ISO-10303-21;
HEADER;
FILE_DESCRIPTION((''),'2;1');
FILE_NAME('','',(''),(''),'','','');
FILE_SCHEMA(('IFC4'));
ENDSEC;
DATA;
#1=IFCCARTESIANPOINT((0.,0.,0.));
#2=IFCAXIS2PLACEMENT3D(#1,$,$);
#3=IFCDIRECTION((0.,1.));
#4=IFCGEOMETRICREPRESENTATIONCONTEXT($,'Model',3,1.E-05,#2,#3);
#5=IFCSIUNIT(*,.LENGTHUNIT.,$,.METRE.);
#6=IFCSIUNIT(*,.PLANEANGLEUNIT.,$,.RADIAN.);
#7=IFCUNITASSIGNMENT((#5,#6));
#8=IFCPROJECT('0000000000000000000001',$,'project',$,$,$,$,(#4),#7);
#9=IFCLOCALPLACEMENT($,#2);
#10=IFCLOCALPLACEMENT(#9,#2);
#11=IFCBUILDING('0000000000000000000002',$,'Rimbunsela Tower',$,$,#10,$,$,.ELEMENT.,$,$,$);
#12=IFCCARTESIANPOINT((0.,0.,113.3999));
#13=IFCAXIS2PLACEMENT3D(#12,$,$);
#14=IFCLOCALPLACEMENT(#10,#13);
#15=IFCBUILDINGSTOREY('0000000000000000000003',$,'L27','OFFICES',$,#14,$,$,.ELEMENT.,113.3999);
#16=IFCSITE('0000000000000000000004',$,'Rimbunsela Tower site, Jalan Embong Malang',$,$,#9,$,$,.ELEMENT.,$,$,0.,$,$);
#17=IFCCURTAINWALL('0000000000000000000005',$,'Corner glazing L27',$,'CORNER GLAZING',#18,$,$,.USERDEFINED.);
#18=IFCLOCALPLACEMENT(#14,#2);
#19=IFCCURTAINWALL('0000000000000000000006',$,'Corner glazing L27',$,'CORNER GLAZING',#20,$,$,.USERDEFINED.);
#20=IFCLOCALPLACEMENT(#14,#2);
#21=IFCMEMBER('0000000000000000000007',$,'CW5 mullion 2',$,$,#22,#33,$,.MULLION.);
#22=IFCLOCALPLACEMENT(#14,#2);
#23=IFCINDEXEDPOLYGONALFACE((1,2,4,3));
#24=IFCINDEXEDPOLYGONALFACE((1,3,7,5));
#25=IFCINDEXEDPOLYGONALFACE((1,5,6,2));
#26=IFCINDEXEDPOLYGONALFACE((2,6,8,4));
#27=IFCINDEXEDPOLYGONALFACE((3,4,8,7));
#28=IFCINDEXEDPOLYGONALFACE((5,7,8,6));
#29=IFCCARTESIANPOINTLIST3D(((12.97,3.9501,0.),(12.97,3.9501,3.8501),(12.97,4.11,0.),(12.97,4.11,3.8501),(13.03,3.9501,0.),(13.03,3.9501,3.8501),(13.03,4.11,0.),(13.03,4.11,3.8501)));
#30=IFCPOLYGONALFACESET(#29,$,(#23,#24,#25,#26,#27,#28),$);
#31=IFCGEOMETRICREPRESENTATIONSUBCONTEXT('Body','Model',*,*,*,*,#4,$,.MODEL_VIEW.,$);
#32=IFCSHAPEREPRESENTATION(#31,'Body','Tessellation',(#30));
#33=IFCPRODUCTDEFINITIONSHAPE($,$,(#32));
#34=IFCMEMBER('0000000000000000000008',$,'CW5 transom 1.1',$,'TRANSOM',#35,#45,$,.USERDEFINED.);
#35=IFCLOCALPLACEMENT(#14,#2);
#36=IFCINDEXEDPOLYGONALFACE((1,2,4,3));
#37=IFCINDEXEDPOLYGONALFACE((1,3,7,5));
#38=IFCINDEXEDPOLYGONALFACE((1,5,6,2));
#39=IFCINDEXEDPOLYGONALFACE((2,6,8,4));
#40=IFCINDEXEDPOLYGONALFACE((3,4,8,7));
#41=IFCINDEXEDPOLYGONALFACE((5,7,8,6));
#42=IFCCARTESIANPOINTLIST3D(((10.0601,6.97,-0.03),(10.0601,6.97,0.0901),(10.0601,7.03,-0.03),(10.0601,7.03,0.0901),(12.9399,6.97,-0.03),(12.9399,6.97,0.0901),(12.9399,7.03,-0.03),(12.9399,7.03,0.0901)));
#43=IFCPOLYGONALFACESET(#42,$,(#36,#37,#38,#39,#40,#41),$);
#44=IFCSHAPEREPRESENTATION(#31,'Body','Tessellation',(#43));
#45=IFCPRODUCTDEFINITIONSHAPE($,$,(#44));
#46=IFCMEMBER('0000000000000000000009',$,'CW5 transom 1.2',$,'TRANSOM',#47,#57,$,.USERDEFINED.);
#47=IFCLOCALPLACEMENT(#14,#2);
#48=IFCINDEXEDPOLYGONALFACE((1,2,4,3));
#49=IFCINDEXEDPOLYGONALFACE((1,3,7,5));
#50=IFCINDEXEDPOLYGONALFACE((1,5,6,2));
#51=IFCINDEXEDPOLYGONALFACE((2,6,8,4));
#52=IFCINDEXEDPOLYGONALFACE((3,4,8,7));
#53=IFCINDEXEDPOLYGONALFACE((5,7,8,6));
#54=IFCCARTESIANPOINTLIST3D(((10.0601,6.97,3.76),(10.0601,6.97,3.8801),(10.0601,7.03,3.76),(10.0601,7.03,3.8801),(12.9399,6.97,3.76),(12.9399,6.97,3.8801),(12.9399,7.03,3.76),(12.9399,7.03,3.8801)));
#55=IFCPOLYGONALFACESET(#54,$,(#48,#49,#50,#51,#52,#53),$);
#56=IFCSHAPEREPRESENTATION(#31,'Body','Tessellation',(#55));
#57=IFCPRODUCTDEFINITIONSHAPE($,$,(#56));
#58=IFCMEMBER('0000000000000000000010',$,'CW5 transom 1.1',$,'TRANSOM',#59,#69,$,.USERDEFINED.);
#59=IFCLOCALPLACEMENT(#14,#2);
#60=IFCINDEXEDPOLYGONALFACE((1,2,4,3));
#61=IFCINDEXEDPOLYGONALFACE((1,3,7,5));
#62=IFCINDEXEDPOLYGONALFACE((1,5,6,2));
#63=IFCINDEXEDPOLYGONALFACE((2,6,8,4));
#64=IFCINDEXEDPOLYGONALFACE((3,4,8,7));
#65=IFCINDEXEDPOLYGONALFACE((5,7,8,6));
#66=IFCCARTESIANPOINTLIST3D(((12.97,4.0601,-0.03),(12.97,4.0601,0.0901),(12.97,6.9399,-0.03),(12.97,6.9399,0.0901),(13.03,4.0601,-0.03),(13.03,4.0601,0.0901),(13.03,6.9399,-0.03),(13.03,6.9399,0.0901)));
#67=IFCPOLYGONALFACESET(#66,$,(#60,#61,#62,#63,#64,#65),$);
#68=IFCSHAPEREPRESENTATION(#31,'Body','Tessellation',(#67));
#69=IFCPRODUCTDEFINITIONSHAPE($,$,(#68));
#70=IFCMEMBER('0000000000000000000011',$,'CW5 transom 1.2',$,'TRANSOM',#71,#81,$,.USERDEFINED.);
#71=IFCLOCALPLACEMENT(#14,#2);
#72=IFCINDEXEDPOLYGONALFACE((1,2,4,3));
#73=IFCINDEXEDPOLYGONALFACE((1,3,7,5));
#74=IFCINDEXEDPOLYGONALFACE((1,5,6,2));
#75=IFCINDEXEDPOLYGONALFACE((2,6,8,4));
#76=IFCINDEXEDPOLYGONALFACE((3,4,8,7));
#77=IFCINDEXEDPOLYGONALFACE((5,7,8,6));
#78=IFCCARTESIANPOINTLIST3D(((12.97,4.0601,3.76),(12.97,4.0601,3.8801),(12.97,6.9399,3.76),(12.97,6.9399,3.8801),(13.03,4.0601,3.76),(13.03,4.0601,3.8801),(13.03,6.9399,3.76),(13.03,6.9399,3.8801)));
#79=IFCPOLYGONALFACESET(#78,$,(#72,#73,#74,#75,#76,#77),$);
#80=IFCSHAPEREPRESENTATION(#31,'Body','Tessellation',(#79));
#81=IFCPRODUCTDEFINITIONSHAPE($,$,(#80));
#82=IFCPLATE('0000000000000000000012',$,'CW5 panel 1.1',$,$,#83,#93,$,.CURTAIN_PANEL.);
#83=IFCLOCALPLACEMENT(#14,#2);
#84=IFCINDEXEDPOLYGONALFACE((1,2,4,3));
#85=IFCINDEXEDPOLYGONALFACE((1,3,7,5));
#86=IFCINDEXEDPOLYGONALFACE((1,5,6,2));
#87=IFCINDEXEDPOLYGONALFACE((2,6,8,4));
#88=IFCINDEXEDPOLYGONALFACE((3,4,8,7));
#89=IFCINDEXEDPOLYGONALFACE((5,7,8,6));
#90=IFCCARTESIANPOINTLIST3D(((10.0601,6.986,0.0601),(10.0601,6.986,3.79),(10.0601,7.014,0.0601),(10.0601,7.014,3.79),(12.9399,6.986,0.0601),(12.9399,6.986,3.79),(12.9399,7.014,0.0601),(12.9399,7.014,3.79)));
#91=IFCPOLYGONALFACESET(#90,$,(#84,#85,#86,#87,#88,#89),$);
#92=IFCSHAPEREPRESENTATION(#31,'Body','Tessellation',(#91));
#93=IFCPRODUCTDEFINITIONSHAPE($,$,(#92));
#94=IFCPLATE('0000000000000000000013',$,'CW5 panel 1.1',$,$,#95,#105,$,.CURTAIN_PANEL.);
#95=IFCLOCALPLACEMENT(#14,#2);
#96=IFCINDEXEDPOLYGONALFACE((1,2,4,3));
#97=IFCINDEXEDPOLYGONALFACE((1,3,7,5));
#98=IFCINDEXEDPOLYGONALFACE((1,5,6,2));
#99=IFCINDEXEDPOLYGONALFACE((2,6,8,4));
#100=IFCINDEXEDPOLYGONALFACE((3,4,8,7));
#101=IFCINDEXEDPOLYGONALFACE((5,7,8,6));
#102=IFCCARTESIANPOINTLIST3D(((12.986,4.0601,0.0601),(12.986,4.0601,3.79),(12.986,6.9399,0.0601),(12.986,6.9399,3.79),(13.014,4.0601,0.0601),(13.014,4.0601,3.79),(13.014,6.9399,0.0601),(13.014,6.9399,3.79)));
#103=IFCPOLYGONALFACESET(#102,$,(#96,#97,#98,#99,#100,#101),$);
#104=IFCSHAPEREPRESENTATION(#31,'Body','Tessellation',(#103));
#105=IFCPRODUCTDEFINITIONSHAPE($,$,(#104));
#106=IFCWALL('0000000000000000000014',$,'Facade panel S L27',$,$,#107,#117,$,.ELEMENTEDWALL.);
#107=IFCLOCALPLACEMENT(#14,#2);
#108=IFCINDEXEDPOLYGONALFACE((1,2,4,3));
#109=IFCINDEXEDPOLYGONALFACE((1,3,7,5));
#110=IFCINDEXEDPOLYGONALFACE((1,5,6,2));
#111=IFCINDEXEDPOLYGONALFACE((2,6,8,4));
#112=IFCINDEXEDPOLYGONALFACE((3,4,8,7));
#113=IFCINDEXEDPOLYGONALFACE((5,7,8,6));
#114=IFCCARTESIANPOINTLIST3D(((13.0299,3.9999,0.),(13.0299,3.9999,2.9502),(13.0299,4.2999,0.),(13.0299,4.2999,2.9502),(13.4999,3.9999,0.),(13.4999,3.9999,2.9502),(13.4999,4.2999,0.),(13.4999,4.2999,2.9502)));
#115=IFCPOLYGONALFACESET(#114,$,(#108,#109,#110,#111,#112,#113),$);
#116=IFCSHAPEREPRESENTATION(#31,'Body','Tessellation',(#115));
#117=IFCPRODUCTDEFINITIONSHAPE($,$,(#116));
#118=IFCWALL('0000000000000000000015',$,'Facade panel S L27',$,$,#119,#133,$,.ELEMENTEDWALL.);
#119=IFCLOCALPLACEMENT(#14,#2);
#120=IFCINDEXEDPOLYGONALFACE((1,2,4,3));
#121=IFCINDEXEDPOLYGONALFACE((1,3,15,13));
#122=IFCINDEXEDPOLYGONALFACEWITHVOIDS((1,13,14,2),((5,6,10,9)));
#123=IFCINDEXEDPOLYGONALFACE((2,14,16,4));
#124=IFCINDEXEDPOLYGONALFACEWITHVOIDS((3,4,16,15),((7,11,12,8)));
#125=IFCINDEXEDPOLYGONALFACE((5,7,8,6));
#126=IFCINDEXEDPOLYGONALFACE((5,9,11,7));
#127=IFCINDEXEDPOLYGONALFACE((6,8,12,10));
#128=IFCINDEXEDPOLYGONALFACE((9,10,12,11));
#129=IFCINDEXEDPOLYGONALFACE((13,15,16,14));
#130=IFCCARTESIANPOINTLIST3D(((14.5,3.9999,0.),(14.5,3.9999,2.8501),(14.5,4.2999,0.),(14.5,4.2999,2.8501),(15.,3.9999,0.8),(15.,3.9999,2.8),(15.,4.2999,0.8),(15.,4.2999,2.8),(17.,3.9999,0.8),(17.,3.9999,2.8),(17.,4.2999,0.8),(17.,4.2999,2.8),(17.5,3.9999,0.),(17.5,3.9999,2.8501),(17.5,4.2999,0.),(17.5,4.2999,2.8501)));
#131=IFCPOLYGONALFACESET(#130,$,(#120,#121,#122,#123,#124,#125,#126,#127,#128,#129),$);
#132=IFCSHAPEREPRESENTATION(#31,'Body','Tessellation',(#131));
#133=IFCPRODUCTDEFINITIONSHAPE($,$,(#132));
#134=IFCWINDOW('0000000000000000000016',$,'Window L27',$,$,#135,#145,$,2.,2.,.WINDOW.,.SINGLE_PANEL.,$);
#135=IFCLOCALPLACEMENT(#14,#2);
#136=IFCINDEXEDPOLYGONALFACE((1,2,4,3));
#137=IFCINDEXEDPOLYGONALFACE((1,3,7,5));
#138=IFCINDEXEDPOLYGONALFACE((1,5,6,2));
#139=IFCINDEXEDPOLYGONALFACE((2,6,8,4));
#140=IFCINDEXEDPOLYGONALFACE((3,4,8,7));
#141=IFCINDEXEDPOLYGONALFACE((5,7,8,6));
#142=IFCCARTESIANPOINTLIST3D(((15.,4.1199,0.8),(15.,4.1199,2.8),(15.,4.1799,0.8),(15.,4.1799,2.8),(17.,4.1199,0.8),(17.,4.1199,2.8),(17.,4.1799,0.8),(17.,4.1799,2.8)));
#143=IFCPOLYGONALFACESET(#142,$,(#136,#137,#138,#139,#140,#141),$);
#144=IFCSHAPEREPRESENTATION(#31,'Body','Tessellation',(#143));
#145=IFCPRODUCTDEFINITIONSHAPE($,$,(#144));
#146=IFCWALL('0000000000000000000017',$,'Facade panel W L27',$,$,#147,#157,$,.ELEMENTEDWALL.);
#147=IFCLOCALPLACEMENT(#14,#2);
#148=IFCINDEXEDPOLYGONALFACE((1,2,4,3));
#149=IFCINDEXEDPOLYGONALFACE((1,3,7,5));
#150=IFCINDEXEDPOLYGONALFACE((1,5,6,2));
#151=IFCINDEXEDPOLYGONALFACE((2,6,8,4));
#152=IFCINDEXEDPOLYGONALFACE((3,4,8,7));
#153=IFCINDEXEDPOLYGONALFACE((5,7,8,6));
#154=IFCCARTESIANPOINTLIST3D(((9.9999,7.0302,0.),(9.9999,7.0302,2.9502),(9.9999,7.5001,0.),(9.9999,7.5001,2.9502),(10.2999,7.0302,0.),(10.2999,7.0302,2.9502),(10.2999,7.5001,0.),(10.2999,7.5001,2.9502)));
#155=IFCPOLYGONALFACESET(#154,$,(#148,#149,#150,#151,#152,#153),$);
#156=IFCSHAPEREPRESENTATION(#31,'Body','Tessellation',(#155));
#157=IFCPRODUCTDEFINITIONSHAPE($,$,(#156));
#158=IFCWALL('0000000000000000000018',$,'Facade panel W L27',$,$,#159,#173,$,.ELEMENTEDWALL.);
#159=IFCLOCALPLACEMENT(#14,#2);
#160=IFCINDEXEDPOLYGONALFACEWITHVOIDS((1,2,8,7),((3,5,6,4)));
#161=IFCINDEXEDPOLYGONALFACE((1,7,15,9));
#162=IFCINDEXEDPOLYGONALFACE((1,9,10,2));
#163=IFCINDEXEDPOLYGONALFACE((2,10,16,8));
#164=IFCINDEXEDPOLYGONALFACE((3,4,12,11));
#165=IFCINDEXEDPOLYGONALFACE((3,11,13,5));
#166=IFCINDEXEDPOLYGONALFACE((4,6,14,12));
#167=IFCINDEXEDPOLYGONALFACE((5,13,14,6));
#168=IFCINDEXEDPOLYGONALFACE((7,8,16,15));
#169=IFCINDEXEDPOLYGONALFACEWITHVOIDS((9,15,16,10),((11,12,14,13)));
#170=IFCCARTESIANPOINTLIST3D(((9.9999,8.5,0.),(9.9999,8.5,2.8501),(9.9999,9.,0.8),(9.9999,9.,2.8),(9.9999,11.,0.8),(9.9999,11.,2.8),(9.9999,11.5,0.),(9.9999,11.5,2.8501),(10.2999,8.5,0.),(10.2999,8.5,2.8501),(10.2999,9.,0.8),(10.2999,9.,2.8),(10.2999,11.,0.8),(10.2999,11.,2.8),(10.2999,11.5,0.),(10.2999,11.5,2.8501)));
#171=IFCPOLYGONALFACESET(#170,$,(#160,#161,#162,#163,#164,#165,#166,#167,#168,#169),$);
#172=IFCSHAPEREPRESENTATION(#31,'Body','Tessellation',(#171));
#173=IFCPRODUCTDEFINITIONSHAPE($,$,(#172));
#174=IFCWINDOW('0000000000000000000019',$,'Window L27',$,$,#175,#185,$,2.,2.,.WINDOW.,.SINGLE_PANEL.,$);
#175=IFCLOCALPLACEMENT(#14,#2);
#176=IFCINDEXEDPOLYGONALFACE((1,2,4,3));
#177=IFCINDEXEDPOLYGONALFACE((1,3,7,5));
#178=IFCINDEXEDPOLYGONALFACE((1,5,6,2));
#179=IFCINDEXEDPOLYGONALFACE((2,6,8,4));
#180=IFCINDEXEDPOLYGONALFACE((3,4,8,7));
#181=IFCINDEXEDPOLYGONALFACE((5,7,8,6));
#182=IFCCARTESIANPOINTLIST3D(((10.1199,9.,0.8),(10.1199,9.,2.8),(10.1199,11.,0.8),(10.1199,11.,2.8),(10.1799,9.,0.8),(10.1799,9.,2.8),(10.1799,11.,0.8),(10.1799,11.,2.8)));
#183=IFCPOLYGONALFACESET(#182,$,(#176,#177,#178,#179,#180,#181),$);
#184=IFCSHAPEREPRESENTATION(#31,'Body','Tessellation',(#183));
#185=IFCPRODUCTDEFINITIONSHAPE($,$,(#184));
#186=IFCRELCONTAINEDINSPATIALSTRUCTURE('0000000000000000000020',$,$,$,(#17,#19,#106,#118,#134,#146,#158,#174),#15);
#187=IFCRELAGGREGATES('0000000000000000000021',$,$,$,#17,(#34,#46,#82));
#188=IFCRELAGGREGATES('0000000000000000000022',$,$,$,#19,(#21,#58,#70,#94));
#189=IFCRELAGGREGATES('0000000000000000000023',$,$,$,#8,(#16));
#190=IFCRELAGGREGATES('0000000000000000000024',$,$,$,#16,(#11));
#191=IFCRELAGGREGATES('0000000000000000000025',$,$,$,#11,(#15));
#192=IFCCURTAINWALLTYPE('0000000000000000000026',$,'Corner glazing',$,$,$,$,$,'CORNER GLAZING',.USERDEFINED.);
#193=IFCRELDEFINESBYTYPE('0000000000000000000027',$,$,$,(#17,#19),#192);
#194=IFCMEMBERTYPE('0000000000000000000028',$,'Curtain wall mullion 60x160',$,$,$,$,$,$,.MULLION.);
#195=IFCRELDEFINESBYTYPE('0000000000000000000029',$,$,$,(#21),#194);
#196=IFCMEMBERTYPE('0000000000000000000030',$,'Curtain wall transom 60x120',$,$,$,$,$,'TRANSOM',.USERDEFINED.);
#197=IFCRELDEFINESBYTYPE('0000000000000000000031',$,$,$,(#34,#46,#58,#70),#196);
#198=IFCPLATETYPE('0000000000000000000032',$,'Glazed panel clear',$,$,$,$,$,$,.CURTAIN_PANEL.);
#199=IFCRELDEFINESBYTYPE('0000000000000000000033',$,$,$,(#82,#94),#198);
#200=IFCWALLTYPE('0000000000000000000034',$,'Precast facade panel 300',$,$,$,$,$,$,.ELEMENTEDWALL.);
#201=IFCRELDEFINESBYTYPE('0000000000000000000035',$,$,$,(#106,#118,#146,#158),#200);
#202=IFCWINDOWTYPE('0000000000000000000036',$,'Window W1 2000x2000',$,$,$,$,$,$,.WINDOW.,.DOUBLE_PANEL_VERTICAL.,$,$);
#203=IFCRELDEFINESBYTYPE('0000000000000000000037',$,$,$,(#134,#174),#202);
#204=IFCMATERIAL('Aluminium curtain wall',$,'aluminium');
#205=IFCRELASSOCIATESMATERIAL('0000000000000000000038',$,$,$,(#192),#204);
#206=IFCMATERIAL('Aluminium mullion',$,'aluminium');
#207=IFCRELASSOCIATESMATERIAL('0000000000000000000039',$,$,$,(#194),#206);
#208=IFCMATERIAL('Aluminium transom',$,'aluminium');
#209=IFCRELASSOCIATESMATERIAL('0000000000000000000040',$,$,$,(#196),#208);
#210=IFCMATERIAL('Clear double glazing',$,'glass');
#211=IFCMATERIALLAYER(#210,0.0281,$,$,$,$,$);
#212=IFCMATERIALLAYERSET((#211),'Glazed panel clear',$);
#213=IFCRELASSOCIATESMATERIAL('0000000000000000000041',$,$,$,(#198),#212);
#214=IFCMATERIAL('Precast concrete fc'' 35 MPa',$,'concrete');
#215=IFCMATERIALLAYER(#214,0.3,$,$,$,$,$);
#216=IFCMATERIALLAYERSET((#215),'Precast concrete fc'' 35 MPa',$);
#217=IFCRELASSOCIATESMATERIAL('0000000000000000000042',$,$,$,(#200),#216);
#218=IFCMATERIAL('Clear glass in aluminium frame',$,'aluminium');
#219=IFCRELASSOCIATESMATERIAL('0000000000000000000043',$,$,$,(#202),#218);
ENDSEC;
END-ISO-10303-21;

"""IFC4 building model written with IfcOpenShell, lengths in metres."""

from ifc_helpers import new_model, si_unit, direction, frame, frame_2d, origin, origin_2d, place, context, subcontext, project, spatial, rectangle, extrude, material, layer, layer_set, material_profile, profile_set, type_object, element, fill, aggregate, save


model = new_model("IFC4")

# Units and contexts
model_context = context("Model", 3, precision=1e-05, world=origin(), true_north=direction((0.0, 1.0)))
body_context = subcontext(model_context, "Body", "Model", "MODEL_VIEW")
ifc_project = project(units=[si_unit("LENGTHUNIT", "METRE"), si_unit("PLANEANGLEUNIT", "RADIAN")], contexts=[model_context])

# Site, building, storey
site_placement = place(None, origin())
site = spatial("IfcSite", under=ifc_project, at=site_placement, Name="Rimbunsela Tower site, Jalan Embong Malang", CompositionType="ELEMENT", RefElevation=0.0)
building_placement = place(site_placement, origin())
building = spatial("IfcBuilding", under=site, at=building_placement, Name="Rimbunsela Tower", CompositionType="ELEMENT")
storey_placement = place(building_placement, frame((0.0, 0.0, 113.3999)))
storey = spatial("IfcBuildingStorey", under=building, at=storey_placement, Name="L27", Description="OFFICES", CompositionType="ELEMENT", Elevation=113.3999)

# Curtain walls, member
ifc_material_1 = material(Name="Aluminium curtain wall", Category="aluminium")
curtain_wall_type = type_object("IfcCurtainWallType", Name="Corner glazing", ElementType="CORNER GLAZING", PredefinedType="USERDEFINED", material=ifc_material_1)
curtain_wall_1_placement = place(storey_placement, origin())
curtain_wall_1 = element("IfcCurtainWall", 1, at=curtain_wall_1_placement, inside=storey, type_object=curtain_wall_type, Name="Corner glazing L27", ObjectType="CORNER GLAZING", PredefinedType="USERDEFINED")
ifc_material_2 = material(Name="Aluminium mullion", Category="aluminium")
ifc_material_profile_1 = material_profile(ifc_material_2, rectangle(XDim=0.0601, YDim=0.1599, at=origin_2d()), Name="Mullion 60x160")
ifc_profile_set_1 = profile_set([ifc_material_profile_1], Name="Aluminium mullion")
member_type_1 = type_object("IfcMemberType", Name="Curtain wall mullion 60x160", PredefinedType="MULLION", material=ifc_profile_set_1)
curtain_wall_2_placement = place(storey_placement, origin())
curtain_wall_2 = element("IfcCurtainWall", 2, at=curtain_wall_2_placement, inside=storey, type_object=curtain_wall_type, Name="Corner glazing L27", ObjectType="CORNER GLAZING", PredefinedType="USERDEFINED")
member_1_placement = place(storey_placement, frame((13.0, 4.03, 0.0), z_axis=(0.0, 0.0, 1.0), x_axis=(1.0, 0.0, 0.0)))
member_1 = element("IfcMember", 3, at=member_1_placement, type_object=member_type_1, Name="CW5 mullion 2", PredefinedType="MULLION", context=body_context, shape_type="SweptSolid", body=[
    extrude(rectangle(XDim=0.0601, YDim=0.1599, at=origin_2d()), origin(), (0.0, 0.0, 1.0), 3.8501),
])

# Members
ifc_material_3 = material(Name="Aluminium transom", Category="aluminium")
ifc_material_profile_2 = material_profile(ifc_material_3, rectangle(XDim=0.0601, YDim=0.1201, at=origin_2d()), Name="Transom 60x120")
ifc_profile_set_2 = profile_set([ifc_material_profile_2], Name="Aluminium transom")
member_type_2 = type_object("IfcMemberType", Name="Curtain wall transom 60x120", ElementType="TRANSOM", PredefinedType="USERDEFINED", material=ifc_profile_set_2)
member_2_placement = place(storey_placement, frame((10.0601, 7.0, 0.03), z_axis=(1.0, 0.0, 0.0), x_axis=(0.0, 1.0, 0.0)))
member_2 = element("IfcMember", 4, at=member_2_placement, type_object=member_type_2, Name="CW5 transom 1.1", ObjectType="TRANSOM", PredefinedType="USERDEFINED", context=body_context, shape_type="SweptSolid", body=[
    extrude(rectangle(XDim=0.0601, YDim=0.1201, at=origin_2d()), origin(), (0.0, 0.0, 1.0), 2.8799),
])
member_3_placement = place(storey_placement, frame((10.0601, 7.0, 3.8201), z_axis=(1.0, 0.0, 0.0), x_axis=(0.0, 1.0, 0.0)))
member_3 = element("IfcMember", 5, at=member_3_placement, type_object=member_type_2, Name="CW5 transom 1.2", ObjectType="TRANSOM", PredefinedType="USERDEFINED", context=body_context, shape_type="SweptSolid", body=[
    extrude(rectangle(XDim=0.0601, YDim=0.1201, at=origin_2d()), origin(), (0.0, 0.0, 1.0), 2.8799),
])
member_4_placement = place(storey_placement, frame((13.0, 6.9399, 0.03), z_axis=(0.0, -1.0, 0.0), x_axis=(1.0, 0.0, 0.0)))
member_4 = element("IfcMember", 6, at=member_4_placement, type_object=member_type_2, Name="CW5 transom 1.1", ObjectType="TRANSOM", PredefinedType="USERDEFINED", context=body_context, shape_type="SweptSolid", body=[
    extrude(rectangle(XDim=0.0601, YDim=0.1201, at=origin_2d()), origin(), (0.0, 0.0, 1.0), 2.8799),
])
member_5_placement = place(storey_placement, frame((13.0, 6.9399, 3.8201), z_axis=(0.0, -1.0, 0.0), x_axis=(1.0, 0.0, 0.0)))
member_5 = element("IfcMember", 7, at=member_5_placement, type_object=member_type_2, Name="CW5 transom 1.2", ObjectType="TRANSOM", PredefinedType="USERDEFINED", context=body_context, shape_type="SweptSolid", body=[
    extrude(rectangle(XDim=0.0601, YDim=0.1201, at=origin_2d()), origin(), (0.0, 0.0, 1.0), 2.8799),
])

# Plates
ifc_material_4 = material(Name="Clear double glazing", Category="glass")
ifc_layer_1 = layer(ifc_material_4, 0.0281)
ifc_layer_set_1 = layer_set([ifc_layer_1], Name="Glazed panel clear")
plate_type = type_object("IfcPlateType", Name="Glazed panel clear", PredefinedType="CURTAIN_PANEL", material=ifc_layer_set_1)
plate_1_placement = place(storey_placement, frame((11.5, 7.0, 0.0601), z_axis=(0.0, 0.0, 1.0), x_axis=(1.0, 0.0, 0.0)))
plate_1 = element("IfcPlate", 8, at=plate_1_placement, type_object=plate_type, Name="CW5 panel 1.1", PredefinedType="CURTAIN_PANEL", context=body_context, shape_type="SweptSolid", body=[
    extrude(rectangle(XDim=2.8799, YDim=0.0281, at=origin_2d()), origin(), (0.0, 0.0, 1.0), 3.73),
])
aggregate(curtain_wall_1, [member_2, member_3, plate_1])
plate_2_placement = place(storey_placement, frame((13.0, 5.5, 0.0601), z_axis=(0.0, 0.0, 1.0), x_axis=(0.0, -1.0, 0.0)))
plate_2 = element("IfcPlate", 9, at=plate_2_placement, type_object=plate_type, Name="CW5 panel 1.1", PredefinedType="CURTAIN_PANEL", context=body_context, shape_type="SweptSolid", body=[
    extrude(rectangle(XDim=2.8799, YDim=0.0281, at=origin_2d()), origin(), (0.0, 0.0, 1.0), 3.73),
])
aggregate(curtain_wall_2, [member_1, member_4, member_5, plate_2])

# Wall
ifc_material_5 = material(Name="Precast concrete fc' 35 MPa", Category="concrete")
ifc_layer_2 = layer(ifc_material_5, 0.3)
ifc_layer_set_2 = layer_set([ifc_layer_2], Name="Precast concrete fc' 35 MPa")
wall_type_1 = type_object("IfcWallType", Name="Precast facade panel 300", PredefinedType="ELEMENTEDWALL", material=ifc_layer_set_2)
wall_1_placement = place(storey_placement, frame((13.03, 4.1499, 0.0), z_axis=(0.0, 0.0, 1.0), x_axis=(1.0, 0.0, 0.0)))
element("IfcWall", 10, at=wall_1_placement, inside=storey, type_object=wall_type_1, Name="Facade panel S L27", PredefinedType="ELEMENTEDWALL", context=body_context, shape_type="SweptSolid", body=[
    extrude(rectangle(XDim=0.47, YDim=0.3, at=frame_2d((0.2349, 0.0))), origin(), (0.0, 0.0, 1.0), 2.9502),
])

# Wall, opening, window
wall_2_placement = place(storey_placement, frame((14.5, 4.1499, 0.0), z_axis=(0.0, 0.0, 1.0), x_axis=(1.0, 0.0, 0.0)))
wall_2 = element("IfcWall", 11, at=wall_2_placement, inside=storey, type_object=wall_type_1, Name="Facade panel S L27", PredefinedType="ELEMENTEDWALL", context=body_context, shape_type="SweptSolid", body=[
    extrude(rectangle(XDim=3.0, YDim=0.3, at=frame_2d((1.5, 0.0))), origin(), (0.0, 0.0, 1.0), 2.8501),
])
opening_1_placement = place(wall_2_placement, frame((0.5, 0.0, 0.8)))
opening_1 = element("IfcOpeningElement", 12, at=opening_1_placement, cuts=wall_2, PredefinedType="OPENING", context=body_context, shape_type="SweptSolid", body=[
    extrude(rectangle(XDim=2.0, YDim=2.0, at=frame_2d((1.0, 1.0))), frame((0.0, 0.1599, 0.0), z_axis=(0.0, -1.0, 0.0), x_axis=(1.0, 0.0, 0.0)), (0.0, 0.0, 1.0), 0.3201),
])
ifc_material_6 = material(Name="Clear glass in aluminium frame", Category="aluminium")
window_type = type_object("IfcWindowType", Name="Window W1 2000x2000", PartitioningType="DOUBLE_PANEL_VERTICAL", PredefinedType="WINDOW", material=ifc_material_6)
window_1_placement = place(opening_1_placement, origin())
window_1 = element("IfcWindow", 13, at=window_1_placement, inside=storey, type_object=window_type, Name="Window L27", OverallHeight=2.0, OverallWidth=2.0, PartitioningType="SINGLE_PANEL", PredefinedType="WINDOW", context=body_context, shape_type="SweptSolid", body=[
    extrude(rectangle(XDim=2.0, YDim=2.0, at=frame_2d((1.0, 1.0))), frame((0.0, 0.03, 0.0), z_axis=(0.0, -1.0, 0.0), x_axis=(1.0, 0.0, 0.0)), (0.0, 0.0, 1.0), 0.0601),
])
fill(opening_1, window_1)

# Wall
wall_3_placement = place(storey_placement, frame((10.1499, 7.5, 0.0), z_axis=(0.0, 0.0, 1.0), x_axis=(0.0, -1.0, 0.0)))
element("IfcWall", 14, at=wall_3_placement, inside=storey, type_object=wall_type_1, Name="Facade panel W L27", PredefinedType="ELEMENTEDWALL", context=body_context, shape_type="SweptSolid", body=[
    extrude(rectangle(XDim=0.47, YDim=0.3, at=frame_2d((0.2349, 0.0))), origin(), (0.0, 0.0, 1.0), 2.9502),
])

# Wall, opening, window
wall_4_placement = place(storey_placement, frame((10.1499, 11.5, 0.0), z_axis=(0.0, 0.0, 1.0), x_axis=(0.0, -1.0, 0.0)))
wall_4 = element("IfcWall", 15, at=wall_4_placement, inside=storey, type_object=wall_type_1, Name="Facade panel W L27", PredefinedType="ELEMENTEDWALL", context=body_context, shape_type="SweptSolid", body=[
    extrude(rectangle(XDim=3.0, YDim=0.3, at=frame_2d((1.5, 0.0))), origin(), (0.0, 0.0, 1.0), 2.8501),
])
opening_2_placement = place(wall_4_placement, frame((0.5, 0.0, 0.8)))
opening_2 = element("IfcOpeningElement", 16, at=opening_2_placement, cuts=wall_4, PredefinedType="OPENING", context=body_context, shape_type="SweptSolid", body=[
    extrude(rectangle(XDim=2.0, YDim=2.0, at=frame_2d((1.0, 1.0))), frame((0.0, 0.1599, 0.0), z_axis=(0.0, -1.0, 0.0), x_axis=(1.0, 0.0, 0.0)), (0.0, 0.0, 1.0), 0.3201),
])
window_2_placement = place(opening_2_placement, origin())
window_2 = element("IfcWindow", 17, at=window_2_placement, inside=storey, type_object=window_type, Name="Window L27", OverallHeight=2.0, OverallWidth=2.0, PartitioningType="SINGLE_PANEL", PredefinedType="WINDOW", context=body_context, shape_type="SweptSolid", body=[
    extrude(rectangle(XDim=2.0, YDim=2.0, at=frame_2d((1.0, 1.0))), frame((0.0, 0.03, 0.0), z_axis=(0.0, -1.0, 0.0), x_axis=(1.0, 0.0, 0.0)), (0.0, 0.0, 1.0), 0.0601),
])
fill(opening_2, window_2)

save(model, "model.ifc")
